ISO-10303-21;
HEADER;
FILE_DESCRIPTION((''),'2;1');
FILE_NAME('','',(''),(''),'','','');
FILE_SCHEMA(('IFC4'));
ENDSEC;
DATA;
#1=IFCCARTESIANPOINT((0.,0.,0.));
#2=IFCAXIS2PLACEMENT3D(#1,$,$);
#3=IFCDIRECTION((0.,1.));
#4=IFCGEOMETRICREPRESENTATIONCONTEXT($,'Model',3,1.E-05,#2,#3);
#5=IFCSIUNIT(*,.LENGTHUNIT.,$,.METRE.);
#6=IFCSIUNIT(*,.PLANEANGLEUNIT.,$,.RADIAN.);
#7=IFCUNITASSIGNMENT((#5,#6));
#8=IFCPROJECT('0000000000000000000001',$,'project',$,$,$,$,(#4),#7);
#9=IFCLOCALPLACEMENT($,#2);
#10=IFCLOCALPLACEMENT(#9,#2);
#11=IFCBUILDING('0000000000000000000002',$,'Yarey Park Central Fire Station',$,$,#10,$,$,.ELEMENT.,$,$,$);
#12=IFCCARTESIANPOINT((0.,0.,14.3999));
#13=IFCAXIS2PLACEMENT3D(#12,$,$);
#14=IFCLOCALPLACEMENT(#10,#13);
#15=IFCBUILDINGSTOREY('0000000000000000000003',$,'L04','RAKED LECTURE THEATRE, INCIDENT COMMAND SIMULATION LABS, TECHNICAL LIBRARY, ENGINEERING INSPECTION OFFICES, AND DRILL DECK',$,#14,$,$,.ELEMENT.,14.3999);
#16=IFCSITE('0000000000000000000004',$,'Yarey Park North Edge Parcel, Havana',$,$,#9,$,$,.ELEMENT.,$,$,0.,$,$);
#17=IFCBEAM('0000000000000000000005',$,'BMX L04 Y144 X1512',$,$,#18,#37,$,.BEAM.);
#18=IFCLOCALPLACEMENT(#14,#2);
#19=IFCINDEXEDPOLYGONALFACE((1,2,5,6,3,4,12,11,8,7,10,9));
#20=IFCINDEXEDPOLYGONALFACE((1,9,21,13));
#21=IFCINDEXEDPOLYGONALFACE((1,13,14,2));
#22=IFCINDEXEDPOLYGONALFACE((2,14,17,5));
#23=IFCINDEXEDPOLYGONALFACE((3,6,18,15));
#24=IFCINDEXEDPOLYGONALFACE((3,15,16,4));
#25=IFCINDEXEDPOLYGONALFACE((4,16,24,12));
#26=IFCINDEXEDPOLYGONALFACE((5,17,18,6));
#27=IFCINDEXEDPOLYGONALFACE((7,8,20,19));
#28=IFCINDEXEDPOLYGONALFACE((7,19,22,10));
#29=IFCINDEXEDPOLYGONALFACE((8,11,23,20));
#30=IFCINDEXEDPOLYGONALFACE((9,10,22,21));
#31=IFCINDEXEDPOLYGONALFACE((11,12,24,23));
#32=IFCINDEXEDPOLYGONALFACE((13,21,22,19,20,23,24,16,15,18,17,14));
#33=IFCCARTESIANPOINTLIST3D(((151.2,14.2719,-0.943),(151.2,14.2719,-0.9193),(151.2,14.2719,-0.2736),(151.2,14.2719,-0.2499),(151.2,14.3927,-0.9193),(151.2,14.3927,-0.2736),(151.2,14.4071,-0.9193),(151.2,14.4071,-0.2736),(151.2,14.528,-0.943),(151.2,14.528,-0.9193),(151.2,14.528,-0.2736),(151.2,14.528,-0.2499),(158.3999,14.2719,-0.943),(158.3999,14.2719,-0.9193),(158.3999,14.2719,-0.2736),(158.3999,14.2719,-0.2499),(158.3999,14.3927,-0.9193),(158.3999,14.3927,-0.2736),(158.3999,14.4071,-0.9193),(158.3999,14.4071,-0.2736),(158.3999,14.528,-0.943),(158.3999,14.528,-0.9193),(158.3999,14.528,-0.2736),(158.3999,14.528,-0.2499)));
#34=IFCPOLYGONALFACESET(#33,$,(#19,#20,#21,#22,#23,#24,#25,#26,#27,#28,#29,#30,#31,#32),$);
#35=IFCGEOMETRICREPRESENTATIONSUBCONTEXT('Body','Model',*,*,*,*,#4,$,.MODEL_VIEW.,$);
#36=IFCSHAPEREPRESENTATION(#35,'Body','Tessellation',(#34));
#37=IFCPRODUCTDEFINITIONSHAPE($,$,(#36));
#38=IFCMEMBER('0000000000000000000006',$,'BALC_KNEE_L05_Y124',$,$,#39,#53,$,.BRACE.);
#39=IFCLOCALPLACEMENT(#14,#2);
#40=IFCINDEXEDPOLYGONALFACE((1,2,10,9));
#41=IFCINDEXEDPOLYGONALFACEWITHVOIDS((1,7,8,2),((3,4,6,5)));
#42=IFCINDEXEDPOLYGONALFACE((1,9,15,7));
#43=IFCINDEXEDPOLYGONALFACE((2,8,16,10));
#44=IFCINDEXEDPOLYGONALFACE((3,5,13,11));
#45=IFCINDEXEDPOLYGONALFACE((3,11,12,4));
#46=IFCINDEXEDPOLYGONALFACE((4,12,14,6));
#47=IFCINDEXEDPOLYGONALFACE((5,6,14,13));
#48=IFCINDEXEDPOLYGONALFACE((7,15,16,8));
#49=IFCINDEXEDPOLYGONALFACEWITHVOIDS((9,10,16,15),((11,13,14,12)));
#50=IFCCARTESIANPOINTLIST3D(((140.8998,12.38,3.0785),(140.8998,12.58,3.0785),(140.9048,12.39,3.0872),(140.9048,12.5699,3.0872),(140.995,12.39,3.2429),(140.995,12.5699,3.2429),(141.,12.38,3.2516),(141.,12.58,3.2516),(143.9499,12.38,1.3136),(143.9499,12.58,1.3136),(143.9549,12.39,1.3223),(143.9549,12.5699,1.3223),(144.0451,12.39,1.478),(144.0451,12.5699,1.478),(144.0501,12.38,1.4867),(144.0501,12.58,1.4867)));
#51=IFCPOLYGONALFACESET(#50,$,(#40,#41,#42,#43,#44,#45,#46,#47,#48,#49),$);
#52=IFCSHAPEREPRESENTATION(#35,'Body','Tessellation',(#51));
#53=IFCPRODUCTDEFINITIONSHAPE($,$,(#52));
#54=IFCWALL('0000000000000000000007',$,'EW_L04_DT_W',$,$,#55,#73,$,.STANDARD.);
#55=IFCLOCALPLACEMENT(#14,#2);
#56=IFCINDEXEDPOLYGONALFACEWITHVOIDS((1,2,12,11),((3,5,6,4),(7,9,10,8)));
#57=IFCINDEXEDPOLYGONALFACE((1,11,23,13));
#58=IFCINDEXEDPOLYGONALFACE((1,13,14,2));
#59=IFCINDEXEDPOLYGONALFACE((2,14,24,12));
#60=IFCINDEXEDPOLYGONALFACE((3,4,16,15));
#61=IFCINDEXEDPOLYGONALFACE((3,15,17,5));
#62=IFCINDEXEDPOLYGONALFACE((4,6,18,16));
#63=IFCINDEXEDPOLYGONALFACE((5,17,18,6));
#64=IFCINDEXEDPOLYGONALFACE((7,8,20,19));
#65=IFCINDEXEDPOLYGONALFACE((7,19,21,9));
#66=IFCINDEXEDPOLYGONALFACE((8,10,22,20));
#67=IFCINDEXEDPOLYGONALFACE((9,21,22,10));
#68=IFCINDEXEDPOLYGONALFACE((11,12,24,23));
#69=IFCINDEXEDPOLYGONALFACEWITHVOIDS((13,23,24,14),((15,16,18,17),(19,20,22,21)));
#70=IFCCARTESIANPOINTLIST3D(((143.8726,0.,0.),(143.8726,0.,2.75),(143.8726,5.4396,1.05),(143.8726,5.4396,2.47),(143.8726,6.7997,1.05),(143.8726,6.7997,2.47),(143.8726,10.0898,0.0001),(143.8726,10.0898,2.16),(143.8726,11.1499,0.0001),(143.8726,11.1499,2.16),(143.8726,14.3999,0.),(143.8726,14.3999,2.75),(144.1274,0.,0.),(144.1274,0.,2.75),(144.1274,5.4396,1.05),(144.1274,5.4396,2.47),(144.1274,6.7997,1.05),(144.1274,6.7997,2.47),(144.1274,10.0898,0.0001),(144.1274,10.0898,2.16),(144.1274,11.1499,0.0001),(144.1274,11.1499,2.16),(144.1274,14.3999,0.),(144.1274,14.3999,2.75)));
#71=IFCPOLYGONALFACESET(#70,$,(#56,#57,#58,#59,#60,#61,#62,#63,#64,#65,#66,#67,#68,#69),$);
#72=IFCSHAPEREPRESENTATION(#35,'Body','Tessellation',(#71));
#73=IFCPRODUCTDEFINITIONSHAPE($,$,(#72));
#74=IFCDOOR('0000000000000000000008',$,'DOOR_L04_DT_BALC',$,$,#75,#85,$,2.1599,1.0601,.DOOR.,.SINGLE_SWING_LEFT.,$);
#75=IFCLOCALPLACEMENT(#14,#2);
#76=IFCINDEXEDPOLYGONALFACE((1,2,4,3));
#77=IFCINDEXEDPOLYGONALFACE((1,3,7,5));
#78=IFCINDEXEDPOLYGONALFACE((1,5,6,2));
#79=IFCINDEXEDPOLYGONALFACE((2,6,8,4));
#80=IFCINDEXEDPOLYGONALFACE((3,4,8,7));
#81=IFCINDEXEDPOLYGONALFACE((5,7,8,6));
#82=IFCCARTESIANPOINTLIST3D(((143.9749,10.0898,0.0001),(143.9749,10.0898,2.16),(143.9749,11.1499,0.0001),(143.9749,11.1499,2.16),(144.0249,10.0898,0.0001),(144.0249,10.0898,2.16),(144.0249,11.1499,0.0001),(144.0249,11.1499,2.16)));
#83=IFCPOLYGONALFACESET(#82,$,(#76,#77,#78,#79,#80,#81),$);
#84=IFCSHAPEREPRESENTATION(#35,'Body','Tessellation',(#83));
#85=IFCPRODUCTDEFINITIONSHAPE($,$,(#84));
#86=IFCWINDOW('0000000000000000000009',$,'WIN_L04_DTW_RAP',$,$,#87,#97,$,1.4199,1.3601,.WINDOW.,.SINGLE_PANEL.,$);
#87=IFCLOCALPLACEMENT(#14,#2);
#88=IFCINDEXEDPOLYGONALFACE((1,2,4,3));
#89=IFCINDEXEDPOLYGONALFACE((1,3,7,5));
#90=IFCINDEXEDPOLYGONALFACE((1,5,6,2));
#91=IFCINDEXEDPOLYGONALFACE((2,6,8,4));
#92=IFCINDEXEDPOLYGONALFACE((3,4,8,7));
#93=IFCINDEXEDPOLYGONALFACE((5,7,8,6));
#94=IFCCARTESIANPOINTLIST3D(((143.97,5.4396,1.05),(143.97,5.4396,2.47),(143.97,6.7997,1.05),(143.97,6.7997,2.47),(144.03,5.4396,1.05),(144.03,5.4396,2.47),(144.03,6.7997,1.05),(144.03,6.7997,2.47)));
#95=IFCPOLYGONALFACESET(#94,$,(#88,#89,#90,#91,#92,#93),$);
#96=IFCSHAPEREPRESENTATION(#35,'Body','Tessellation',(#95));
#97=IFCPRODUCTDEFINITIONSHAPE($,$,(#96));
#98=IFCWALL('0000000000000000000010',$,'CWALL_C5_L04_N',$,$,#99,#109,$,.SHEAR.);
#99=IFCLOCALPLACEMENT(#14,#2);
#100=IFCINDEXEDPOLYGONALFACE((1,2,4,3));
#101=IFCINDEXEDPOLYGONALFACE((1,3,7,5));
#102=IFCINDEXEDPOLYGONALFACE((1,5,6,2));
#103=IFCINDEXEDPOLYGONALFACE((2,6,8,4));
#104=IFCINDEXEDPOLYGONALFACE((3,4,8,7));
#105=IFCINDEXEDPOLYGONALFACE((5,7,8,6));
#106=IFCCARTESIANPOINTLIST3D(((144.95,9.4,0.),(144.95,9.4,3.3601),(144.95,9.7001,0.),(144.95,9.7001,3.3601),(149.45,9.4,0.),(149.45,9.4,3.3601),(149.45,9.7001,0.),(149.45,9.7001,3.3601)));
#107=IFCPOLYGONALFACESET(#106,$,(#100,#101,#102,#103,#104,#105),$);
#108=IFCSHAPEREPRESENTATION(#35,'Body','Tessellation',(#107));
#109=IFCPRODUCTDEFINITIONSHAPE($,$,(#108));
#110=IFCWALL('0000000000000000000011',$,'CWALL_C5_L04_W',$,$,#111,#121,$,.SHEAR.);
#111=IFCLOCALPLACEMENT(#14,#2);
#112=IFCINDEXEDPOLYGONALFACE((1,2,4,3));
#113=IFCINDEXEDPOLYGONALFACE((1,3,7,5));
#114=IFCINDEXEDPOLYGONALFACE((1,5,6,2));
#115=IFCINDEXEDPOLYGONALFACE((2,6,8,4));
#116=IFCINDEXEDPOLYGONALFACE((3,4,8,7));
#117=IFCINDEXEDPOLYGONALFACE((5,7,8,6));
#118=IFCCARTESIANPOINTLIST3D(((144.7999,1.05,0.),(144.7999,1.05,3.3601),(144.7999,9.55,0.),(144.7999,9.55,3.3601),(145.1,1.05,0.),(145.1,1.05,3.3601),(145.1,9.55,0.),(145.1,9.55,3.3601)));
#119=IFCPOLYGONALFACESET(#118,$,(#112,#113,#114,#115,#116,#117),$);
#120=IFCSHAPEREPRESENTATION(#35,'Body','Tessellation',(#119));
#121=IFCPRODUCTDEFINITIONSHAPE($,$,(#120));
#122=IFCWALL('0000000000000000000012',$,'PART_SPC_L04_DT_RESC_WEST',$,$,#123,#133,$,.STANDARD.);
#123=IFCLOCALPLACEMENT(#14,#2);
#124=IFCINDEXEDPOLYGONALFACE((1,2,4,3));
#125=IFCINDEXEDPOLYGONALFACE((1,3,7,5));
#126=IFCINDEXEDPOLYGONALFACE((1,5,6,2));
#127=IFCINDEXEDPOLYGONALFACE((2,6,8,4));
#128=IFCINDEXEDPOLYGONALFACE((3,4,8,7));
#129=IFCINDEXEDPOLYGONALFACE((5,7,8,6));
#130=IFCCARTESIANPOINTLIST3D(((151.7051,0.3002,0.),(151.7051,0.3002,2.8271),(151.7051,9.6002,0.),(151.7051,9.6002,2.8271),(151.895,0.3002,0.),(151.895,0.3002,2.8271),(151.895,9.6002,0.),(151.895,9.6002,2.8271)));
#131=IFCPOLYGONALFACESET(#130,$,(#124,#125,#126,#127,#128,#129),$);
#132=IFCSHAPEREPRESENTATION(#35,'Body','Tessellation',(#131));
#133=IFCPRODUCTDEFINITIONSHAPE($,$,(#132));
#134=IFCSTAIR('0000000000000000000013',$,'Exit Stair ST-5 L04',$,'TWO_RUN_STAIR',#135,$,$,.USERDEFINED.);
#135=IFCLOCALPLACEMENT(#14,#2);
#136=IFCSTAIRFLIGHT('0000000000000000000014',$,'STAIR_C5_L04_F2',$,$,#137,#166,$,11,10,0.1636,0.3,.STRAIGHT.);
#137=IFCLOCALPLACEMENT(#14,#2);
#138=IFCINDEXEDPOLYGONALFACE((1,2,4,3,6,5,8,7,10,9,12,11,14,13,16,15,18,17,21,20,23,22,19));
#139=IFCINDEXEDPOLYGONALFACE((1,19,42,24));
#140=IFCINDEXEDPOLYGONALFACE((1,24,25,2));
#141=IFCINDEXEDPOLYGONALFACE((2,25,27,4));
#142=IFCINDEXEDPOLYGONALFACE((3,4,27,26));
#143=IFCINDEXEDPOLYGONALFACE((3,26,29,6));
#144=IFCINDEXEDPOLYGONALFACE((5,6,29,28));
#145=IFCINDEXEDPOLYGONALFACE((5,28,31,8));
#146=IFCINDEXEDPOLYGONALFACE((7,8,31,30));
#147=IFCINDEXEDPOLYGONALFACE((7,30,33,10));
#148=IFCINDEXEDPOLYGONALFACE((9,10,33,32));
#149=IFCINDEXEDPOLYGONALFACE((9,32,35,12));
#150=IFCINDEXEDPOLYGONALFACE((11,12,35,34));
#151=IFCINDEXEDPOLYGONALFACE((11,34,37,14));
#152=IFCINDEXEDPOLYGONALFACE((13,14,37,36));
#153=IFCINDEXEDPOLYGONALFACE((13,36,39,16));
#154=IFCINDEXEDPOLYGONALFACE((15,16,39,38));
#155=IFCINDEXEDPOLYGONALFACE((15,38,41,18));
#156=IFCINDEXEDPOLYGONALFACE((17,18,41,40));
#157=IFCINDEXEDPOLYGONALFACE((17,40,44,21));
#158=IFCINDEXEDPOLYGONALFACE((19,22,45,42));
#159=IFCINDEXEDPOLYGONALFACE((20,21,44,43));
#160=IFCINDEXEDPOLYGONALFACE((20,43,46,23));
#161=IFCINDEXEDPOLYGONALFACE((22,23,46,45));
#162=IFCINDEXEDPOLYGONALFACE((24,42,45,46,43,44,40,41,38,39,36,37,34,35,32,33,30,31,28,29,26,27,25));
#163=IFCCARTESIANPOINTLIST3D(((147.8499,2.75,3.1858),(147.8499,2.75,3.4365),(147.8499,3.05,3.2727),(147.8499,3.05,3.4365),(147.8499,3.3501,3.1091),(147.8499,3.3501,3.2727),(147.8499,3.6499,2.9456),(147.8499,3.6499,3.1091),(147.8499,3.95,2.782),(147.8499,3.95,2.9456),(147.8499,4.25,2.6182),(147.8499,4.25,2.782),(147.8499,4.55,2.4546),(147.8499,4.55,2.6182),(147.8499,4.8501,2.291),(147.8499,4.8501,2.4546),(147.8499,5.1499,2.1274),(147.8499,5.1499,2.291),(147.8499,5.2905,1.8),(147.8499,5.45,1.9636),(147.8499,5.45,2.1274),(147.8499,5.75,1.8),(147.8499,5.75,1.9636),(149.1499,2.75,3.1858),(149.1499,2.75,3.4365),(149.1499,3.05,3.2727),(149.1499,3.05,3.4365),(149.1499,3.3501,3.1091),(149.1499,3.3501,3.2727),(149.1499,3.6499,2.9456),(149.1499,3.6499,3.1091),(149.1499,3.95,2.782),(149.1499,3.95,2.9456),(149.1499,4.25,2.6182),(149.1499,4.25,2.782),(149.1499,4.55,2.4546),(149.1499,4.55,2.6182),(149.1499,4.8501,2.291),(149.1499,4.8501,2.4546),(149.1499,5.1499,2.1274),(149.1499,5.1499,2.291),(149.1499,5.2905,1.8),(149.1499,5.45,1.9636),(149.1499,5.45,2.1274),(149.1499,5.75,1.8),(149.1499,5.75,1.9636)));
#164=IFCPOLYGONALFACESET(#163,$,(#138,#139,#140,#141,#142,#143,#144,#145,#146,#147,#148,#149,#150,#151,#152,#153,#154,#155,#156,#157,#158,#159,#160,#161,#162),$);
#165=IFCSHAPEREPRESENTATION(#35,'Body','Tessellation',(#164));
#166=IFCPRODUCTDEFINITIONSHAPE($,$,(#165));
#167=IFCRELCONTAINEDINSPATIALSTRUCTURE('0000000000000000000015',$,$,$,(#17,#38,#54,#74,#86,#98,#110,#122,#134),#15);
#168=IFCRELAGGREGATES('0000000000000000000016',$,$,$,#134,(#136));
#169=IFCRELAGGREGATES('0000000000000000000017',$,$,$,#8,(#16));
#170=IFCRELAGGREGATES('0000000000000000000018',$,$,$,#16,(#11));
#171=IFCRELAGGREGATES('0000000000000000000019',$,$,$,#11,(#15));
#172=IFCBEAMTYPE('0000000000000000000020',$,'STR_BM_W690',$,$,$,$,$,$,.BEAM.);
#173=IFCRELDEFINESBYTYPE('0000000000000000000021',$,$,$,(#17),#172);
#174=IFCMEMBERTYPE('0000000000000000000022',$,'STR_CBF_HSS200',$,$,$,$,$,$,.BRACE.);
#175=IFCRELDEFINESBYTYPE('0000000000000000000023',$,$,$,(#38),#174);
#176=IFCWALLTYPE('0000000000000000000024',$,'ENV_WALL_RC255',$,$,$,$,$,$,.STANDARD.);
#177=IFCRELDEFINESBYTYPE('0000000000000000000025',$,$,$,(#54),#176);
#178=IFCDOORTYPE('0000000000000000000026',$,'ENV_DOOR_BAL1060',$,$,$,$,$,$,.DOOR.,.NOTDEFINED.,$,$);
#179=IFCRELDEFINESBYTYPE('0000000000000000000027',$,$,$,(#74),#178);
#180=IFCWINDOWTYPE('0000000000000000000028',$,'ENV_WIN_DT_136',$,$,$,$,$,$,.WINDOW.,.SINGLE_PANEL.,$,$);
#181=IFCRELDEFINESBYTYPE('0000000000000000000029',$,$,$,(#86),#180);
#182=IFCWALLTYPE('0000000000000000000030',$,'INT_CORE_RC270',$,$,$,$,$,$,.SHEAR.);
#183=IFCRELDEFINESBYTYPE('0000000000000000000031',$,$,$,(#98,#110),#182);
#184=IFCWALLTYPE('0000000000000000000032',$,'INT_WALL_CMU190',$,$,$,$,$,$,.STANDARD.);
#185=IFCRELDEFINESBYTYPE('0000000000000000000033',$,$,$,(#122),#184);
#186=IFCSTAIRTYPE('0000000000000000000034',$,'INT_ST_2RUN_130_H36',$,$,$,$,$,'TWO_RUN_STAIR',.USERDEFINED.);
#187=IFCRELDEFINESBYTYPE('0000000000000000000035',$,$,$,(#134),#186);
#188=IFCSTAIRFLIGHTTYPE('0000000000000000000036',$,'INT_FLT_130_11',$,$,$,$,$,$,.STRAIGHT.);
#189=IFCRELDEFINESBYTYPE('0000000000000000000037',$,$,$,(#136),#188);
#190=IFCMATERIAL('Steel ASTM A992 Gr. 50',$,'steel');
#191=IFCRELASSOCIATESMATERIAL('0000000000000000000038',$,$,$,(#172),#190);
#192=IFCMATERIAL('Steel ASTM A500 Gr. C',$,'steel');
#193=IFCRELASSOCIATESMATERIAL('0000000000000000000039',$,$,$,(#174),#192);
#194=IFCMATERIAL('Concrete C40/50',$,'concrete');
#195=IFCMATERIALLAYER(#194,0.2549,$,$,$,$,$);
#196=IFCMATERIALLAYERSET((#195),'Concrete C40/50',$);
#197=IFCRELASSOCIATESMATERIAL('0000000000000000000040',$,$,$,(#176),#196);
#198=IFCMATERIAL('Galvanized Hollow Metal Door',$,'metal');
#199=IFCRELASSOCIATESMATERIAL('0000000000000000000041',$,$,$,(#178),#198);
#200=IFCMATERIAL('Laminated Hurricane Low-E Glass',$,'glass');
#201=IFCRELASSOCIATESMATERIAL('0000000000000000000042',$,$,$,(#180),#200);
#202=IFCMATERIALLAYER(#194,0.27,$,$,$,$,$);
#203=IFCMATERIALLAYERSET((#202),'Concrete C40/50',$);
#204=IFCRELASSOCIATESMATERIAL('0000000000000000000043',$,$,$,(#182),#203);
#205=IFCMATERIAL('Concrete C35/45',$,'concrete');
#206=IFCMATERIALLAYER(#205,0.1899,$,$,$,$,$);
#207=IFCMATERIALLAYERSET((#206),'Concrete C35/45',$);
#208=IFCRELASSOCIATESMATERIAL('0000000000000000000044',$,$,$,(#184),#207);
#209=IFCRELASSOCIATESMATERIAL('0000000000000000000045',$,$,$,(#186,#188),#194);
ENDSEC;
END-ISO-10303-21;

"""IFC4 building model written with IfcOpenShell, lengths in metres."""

from ifc_helpers import new_model, si_unit, direction, frame, frame_2d, origin, origin_2d, place, context, subcontext, project, spatial, polyline, rectangle, hollow_rectangle, i_section, outline, extrude, material, layer, layer_set, material_profile, profile_set, type_object, element, fill, aggregate, save


model = new_model("IFC4")

# Units and contexts
model_context = context("Model", 3, precision=1e-05, world=origin(), true_north=direction((0.0, 1.0)))
body_context = subcontext(model_context, "Body", "Model", "MODEL_VIEW")
ifc_project = project(units=[si_unit("LENGTHUNIT", "METRE"), si_unit("PLANEANGLEUNIT", "RADIAN")], contexts=[model_context])

# Site, building, storey
site_placement = place(None, origin())
site = spatial("IfcSite", under=ifc_project, at=site_placement, Name="Yarey Park North Edge Parcel, Havana", CompositionType="ELEMENT", RefElevation=0.0)
building_placement = place(site_placement, origin())
building = spatial("IfcBuilding", under=site, at=building_placement, Name="Yarey Park Central Fire Station", CompositionType="ELEMENT")
storey_placement = place(building_placement, frame((0.0, 0.0, 14.3999)))
storey = spatial("IfcBuildingStorey", under=building, at=storey_placement, Name="L04", Description="RAKED LECTURE THEATRE, INCIDENT COMMAND SIMULATION LABS, TECHNICAL LIBRARY, ENGINEERING INSPECTION OFFICES, AND DRILL DECK", CompositionType="ELEMENT", Elevation=14.3999)

# Shared definitions
ifc_material_1 = material(Name="Steel ASTM A992 Gr. 50", Category="steel")

# Beam
ifc_material_profile_1 = material_profile(ifc_material_1, i_section(OverallWidth=0.2561, OverallDepth=0.6931, WebThickness=0.0144, FlangeThickness=0.0237, at=origin_2d()), Name="W690x170")
ifc_profile_set_1 = profile_set([ifc_material_profile_1], Name="Steel ASTM A992 Gr. 50")
beam_type_1 = type_object("IfcBeamType", Name="STR_BM_W690", PredefinedType="BEAM", material=ifc_profile_set_1)
for number, where, z_axis, x_axis, name in (
    (1, (151.2, 14.3999, -0.5964), (1.0, 0.0, 0.0), (0.0, 1.0, 0.0), "BMX L04 Y144 X1512"),
):
    element("IfcBeam", number, at=place(storey_placement, frame(where, z_axis=z_axis, x_axis=x_axis)), inside=storey, type_object=beam_type_1, Name=name, PredefinedType="BEAM", context=body_context, shape_type="SweptSolid", body=[
        extrude(i_section(OverallWidth=0.2561, OverallDepth=0.6931, WebThickness=0.0144, FlangeThickness=0.0237, at=origin_2d()), origin(), (0.0, 0.0, 1.0), 7.2),
    ])

# Member
ifc_material_2 = material(Name="Steel ASTM A500 Gr. C", Category="steel")
ifc_material_profile_2 = material_profile(ifc_material_2, hollow_rectangle(XDim=0.2, YDim=0.2, WallThickness=0.01, at=origin_2d()), Name="HSS 200x200x10")
ifc_profile_set_2 = profile_set([ifc_material_profile_2], Name="Steel ASTM A500 Gr. C")
member_type = type_object("IfcMemberType", Name="STR_CBF_HSS200", PredefinedType="BRACE", material=ifc_profile_set_2)
member_placement = place(storey_placement, frame((144.0, 12.48, 1.4001), z_axis=(-0.86554, 0.0, 0.50084), x_axis=(0.0, -1.0, 0.0)))
element("IfcMember", 2, at=member_placement, inside=storey, type_object=member_type, Name="BALC_KNEE_L05_Y124", PredefinedType="BRACE", context=body_context, shape_type="SweptSolid", body=[
    extrude(hollow_rectangle(XDim=0.2, YDim=0.2, WallThickness=0.01, at=origin_2d()), origin(), (0.0, 0.0, 1.0), 3.5239),
])

# Wall, openings, door, window
ifc_material_3 = material(Name="Concrete C40/50", Category="concrete")
ifc_layer_1 = layer(ifc_material_3, 0.2549)
ifc_layer_set_1 = layer_set([ifc_layer_1], Name="Concrete C40/50")
wall_type_1 = type_object("IfcWallType", Name="ENV_WALL_RC255", PredefinedType="STANDARD", material=ifc_layer_set_1)
wall_1_placement = place(storey_placement, frame((144.0, 14.3999, 0.0), z_axis=(0.0, 0.0, 1.0), x_axis=(0.0, -1.0, 0.0)))
wall_1 = element("IfcWall", 3, at=wall_1_placement, inside=storey, type_object=wall_type_1, Name="EW_L04_DT_W", PredefinedType="STANDARD", context=body_context, shape_type="SweptSolid", body=[
    extrude(rectangle(XDim=14.3999, YDim=0.2549, at=frame_2d((7.2, 0.0))), origin(), (0.0, 0.0, 1.0), 2.75),
])
opening_1_placement = place(wall_1_placement, frame((3.25, 0.0, 0.0)))
opening_1 = element("IfcOpeningElement", 4, at=opening_1_placement, cuts=wall_1, PredefinedType="OPENING", context=body_context, shape_type="SweptSolid", body=[
    extrude(rectangle(XDim=1.0601, YDim=2.1599, at=frame_2d((0.53, 1.0801))), frame((0.0, 0.1375, 0.0), z_axis=(0.0, -1.0, 0.0), x_axis=(1.0, 0.0, 0.0)), (0.0, 0.0, 1.0), 0.2749),
])
opening_2_placement = place(wall_1_placement, frame((7.6001, 0.0, 1.05)))
opening_2 = element("IfcOpeningElement", 5, at=opening_2_placement, cuts=wall_1, PredefinedType="OPENING", context=body_context, shape_type="SweptSolid", body=[
    extrude(rectangle(XDim=1.3601, YDim=1.4199, at=frame_2d((0.6802, 0.71))), frame((0.0, 0.1375, 0.0), z_axis=(0.0, -1.0, 0.0), x_axis=(1.0, 0.0, 0.0)), (0.0, 0.0, 1.0), 0.2749),
])
ifc_material_4 = material(Name="Galvanized Hollow Metal Door", Category="metal")
door_type = type_object("IfcDoorType", Name="ENV_DOOR_BAL1060", OperationType="NOTDEFINED", PredefinedType="DOOR", material=ifc_material_4)
door_placement = place(opening_1_placement, origin())
door = element("IfcDoor", 6, at=door_placement, inside=storey, type_object=door_type, Name="DOOR_L04_DT_BALC", OperationType="SINGLE_SWING_LEFT", OverallHeight=2.1599, OverallWidth=1.0601, PredefinedType="DOOR", context=body_context, shape_type="SweptSolid", body=[
    extrude(rectangle(XDim=1.0601, YDim=2.1599, at=frame_2d((0.53, 1.0801))), frame((0.0, 0.0249, 0.0), z_axis=(0.0, -1.0, 0.0), x_axis=(1.0, 0.0, 0.0)), (0.0, 0.0, 1.0), 0.05),
])
fill(opening_1, door)
ifc_material_5 = material(Name="Laminated Hurricane Low-E Glass", Category="glass")
window_type = type_object("IfcWindowType", Name="ENV_WIN_DT_136", PartitioningType="SINGLE_PANEL", PredefinedType="WINDOW", material=ifc_material_5)
window_placement = place(opening_2_placement, origin())
window = element("IfcWindow", 7, at=window_placement, inside=storey, type_object=window_type, Name="WIN_L04_DTW_RAP", OverallHeight=1.4199, OverallWidth=1.3601, PartitioningType="SINGLE_PANEL", PredefinedType="WINDOW", context=body_context, shape_type="SweptSolid", body=[
    extrude(rectangle(XDim=1.3601, YDim=1.4199, at=frame_2d((0.6802, 0.71))), frame((0.0, 0.03, 0.0), z_axis=(0.0, -1.0, 0.0), x_axis=(1.0, 0.0, 0.0)), (0.0, 0.0, 1.0), 0.0601),
])
fill(opening_2, window)

# Walls
ifc_layer_2 = layer(ifc_material_3, 0.27)
ifc_layer_set_2 = layer_set([ifc_layer_2], Name="Concrete C40/50")
wall_type_2 = type_object("IfcWallType", Name="INT_CORE_RC270", PredefinedType="SHEAR", material=ifc_layer_set_2)
wall_2_placement = place(storey_placement, frame((149.45, 9.55, 0.0), z_axis=(0.0, 0.0, 1.0), x_axis=(-1.0, 0.0, 0.0)))
element("IfcWall", 8, at=wall_2_placement, inside=storey, type_object=wall_type_2, Name="CWALL_C5_L04_N", PredefinedType="SHEAR", context=body_context, shape_type="SweptSolid", body=[
    extrude(rectangle(XDim=4.5, YDim=0.3, at=frame_2d((2.25, 0.0))), origin(), (0.0, 0.0, 1.0), 3.3601),
])
wall_3_placement = place(storey_placement, frame((144.95, 9.55, 0.0), z_axis=(0.0, 0.0, 1.0), x_axis=(0.0, -1.0, 0.0)))
element("IfcWall", 9, at=wall_3_placement, inside=storey, type_object=wall_type_2, Name="CWALL_C5_L04_W", PredefinedType="SHEAR", context=body_context, shape_type="SweptSolid", body=[
    extrude(rectangle(XDim=8.5, YDim=0.3, at=frame_2d((4.25, 0.0))), origin(), (0.0, 0.0, 1.0), 3.3601),
])
ifc_material_6 = material(Name="Concrete C35/45", Category="concrete")
ifc_layer_3 = layer(ifc_material_6, 0.1899)
ifc_layer_set_3 = layer_set([ifc_layer_3], Name="Concrete C35/45")
wall_type_3 = type_object("IfcWallType", Name="INT_WALL_CMU190", PredefinedType="STANDARD", material=ifc_layer_set_3)
wall_4_placement = place(storey_placement, frame((151.8, 9.6001, 0.0), z_axis=(0.0, 0.0, 1.0), x_axis=(0.0, -1.0, 0.0)))
element("IfcWall", 10, at=wall_4_placement, inside=storey, type_object=wall_type_3, Name="PART_SPC_L04_DT_RESC_WEST", PredefinedType="STANDARD", context=body_context, shape_type="SweptSolid", body=[
    extrude(rectangle(XDim=9.3, YDim=0.1899, at=frame_2d((4.6499, 0.0))), origin(), (0.0, 0.0, 1.0), 2.8271),
])

# Stair, stair flight
stair_type = type_object("IfcStairType", Name="INT_ST_2RUN_130_H36", ElementType="TWO_RUN_STAIR", PredefinedType="USERDEFINED", material=ifc_material_3)
stair_placement = place(storey_placement, origin())
stair = element("IfcStair", 11, at=stair_placement, inside=storey, type_object=stair_type, Name="Exit Stair ST-5 L04", ObjectType="TWO_RUN_STAIR", PredefinedType="USERDEFINED")
stair_flight_type = type_object("IfcStairFlightType", Name="INT_FLT_130_11", PredefinedType="STRAIGHT", material=ifc_material_3)
stair_flight_placement = place(storey_placement, frame((148.5, 5.75, 1.8), z_axis=(0.0, 0.0, 1.0), x_axis=(0.0, -1.0, 0.0)))
stair_flight = element("IfcStairFlight", 12, at=stair_flight_placement, type_object=stair_flight_type, Name="STAIR_C5_L04_F2", NumberOfRisers=11, NumberOfTreads=10, PredefinedType="STRAIGHT", RiserHeight=0.1636, TreadLength=0.3, context=body_context, shape_type="SweptSolid", body=[
    extrude(outline(polyline([(0.0, 0.0), (0.0, 0.1636), (0.3, 0.1636), (0.3, 0.3274), (0.6001, 0.3274), (0.6001, 0.491), (0.8999, 0.491), (0.8999, 0.6545), (1.2, 0.6545), (1.2, 0.8181), (1.5, 0.8181), (1.5, 0.9819), (1.8, 0.9819), (1.8, 1.1455), (2.1001, 1.1455), (2.1001, 1.3091), (2.3999, 1.3091), (2.3999, 1.4727), (2.7, 1.4727), (2.7, 1.6365), (3.0, 1.6365), (3.0, 1.8), (3.0, 1.3857), (0.4595, 0.0), (0.0, 0.0)])), frame((0.0, 0.6499, 0.0), z_axis=(0.0, -1.0, 0.0), x_axis=(1.0, 0.0, 0.0)), (0.0, 0.0, 1.0), 1.3),
])
aggregate(stair, [stair_flight])

save(model, "model.ifc")
